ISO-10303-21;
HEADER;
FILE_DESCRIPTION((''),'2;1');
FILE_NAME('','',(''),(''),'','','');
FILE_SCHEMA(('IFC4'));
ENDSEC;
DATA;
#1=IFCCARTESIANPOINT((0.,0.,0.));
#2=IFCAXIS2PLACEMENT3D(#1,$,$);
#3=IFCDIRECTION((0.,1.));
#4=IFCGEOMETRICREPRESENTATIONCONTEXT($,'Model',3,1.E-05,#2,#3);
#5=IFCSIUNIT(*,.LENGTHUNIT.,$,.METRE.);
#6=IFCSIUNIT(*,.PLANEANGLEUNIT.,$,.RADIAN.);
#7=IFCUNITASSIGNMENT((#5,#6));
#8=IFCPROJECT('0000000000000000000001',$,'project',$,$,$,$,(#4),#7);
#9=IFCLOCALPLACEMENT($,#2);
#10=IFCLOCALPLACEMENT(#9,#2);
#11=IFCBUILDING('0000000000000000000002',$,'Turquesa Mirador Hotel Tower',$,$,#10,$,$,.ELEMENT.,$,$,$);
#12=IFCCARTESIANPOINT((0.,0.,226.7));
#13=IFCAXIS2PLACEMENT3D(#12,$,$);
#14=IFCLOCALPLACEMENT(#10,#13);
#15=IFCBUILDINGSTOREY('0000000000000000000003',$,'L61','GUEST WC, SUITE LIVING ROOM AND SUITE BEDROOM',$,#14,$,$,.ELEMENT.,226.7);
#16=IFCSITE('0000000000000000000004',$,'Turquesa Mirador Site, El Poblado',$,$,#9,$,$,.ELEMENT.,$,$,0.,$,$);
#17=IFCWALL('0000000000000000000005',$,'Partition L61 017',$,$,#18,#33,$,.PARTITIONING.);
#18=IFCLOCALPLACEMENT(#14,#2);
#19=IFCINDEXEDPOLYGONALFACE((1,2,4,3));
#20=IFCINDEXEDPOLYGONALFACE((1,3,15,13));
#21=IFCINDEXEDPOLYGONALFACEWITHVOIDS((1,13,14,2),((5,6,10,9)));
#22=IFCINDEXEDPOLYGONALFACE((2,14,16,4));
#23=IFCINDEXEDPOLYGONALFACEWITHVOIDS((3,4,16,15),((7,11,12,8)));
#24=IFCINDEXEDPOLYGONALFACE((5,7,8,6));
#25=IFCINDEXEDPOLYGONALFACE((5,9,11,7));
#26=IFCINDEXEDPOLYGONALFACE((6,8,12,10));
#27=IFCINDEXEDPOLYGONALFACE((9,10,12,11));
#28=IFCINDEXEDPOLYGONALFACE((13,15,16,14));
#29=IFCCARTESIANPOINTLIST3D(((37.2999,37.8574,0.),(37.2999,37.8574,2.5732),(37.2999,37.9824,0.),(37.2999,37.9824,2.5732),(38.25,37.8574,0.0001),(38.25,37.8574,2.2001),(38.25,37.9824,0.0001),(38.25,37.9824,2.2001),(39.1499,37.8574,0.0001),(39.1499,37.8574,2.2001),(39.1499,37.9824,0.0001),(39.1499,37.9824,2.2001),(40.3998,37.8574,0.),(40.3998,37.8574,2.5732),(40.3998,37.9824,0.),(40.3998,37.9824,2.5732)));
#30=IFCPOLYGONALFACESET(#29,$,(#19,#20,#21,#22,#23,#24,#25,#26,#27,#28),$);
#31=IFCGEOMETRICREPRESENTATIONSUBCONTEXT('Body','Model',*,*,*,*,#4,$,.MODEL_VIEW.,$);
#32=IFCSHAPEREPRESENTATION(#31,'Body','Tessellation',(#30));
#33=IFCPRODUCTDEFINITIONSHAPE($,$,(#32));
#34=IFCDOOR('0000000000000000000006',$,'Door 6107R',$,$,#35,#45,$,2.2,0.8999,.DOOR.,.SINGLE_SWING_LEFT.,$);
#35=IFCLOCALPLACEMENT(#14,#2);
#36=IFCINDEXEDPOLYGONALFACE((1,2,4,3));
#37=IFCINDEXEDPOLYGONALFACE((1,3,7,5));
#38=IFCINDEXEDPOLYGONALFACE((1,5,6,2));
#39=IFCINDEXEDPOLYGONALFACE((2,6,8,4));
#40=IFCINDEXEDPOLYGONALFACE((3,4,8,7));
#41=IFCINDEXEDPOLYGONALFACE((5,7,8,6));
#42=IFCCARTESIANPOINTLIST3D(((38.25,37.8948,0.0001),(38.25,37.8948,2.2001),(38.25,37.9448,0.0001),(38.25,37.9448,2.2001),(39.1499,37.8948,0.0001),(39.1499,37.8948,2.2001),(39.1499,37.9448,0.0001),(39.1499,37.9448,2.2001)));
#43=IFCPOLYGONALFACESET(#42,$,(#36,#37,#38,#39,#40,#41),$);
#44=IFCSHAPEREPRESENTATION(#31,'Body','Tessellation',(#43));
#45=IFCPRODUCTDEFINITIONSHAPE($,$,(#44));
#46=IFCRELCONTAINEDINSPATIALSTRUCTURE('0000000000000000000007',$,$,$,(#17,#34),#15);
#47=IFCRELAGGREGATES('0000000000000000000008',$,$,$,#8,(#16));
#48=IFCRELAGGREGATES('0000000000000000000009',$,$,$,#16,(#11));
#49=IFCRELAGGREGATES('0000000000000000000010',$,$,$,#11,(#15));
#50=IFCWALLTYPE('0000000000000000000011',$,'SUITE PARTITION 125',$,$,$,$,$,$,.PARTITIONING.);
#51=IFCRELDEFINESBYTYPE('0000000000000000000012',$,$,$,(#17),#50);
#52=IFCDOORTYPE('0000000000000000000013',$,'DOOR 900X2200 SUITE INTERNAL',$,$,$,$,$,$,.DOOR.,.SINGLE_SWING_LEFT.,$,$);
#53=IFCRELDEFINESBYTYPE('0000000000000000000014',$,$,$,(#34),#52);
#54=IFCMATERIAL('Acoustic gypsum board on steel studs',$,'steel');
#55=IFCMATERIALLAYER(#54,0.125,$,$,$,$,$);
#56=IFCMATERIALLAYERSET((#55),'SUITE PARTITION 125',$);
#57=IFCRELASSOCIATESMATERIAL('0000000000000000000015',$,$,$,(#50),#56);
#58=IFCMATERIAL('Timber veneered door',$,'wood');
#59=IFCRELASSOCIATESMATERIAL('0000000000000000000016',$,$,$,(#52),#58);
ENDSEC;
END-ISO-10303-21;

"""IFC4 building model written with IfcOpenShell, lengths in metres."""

from ifc_helpers import new_model, si_unit, direction, frame, frame_2d, origin, place, context, subcontext, project, spatial, rectangle, extrude, material, layer, layer_set, type_object, element, fill, save


model = new_model("IFC4")

# Units and contexts
model_context = context("Model", 3, precision=1e-05, world=origin(), true_north=direction((0.0, 1.0)))
body_context = subcontext(model_context, "Body", "Model", "MODEL_VIEW")
ifc_project = project(units=[si_unit("LENGTHUNIT", "METRE"), si_unit("PLANEANGLEUNIT", "RADIAN")], contexts=[model_context])

# Site, building, storey
site_placement = place(None, origin())
site = spatial("IfcSite", under=ifc_project, at=site_placement, Name="Turquesa Mirador Site, El Poblado", CompositionType="ELEMENT", RefElevation=0.0)
building_placement = place(site_placement, origin())
building = spatial("IfcBuilding", under=site, at=building_placement, Name="Turquesa Mirador Hotel Tower", CompositionType="ELEMENT")
storey_placement = place(building_placement, frame((0.0, 0.0, 226.7)))
storey = spatial("IfcBuildingStorey", under=building, at=storey_placement, Name="L61", Description="GUEST WC, SUITE LIVING ROOM AND SUITE BEDROOM", CompositionType="ELEMENT", Elevation=226.7)

# Wall, opening, door
ifc_material_1 = material(Name="Acoustic gypsum board on steel studs", Category="steel")
ifc_layer_1 = layer(ifc_material_1, 0.125)
ifc_layer_set_1 = layer_set([ifc_layer_1], Name="SUITE PARTITION 125")
wall_type_1 = type_object("IfcWallType", Name="SUITE PARTITION 125", PredefinedType="PARTITIONING", material=ifc_layer_set_1)
wall_1_placement = place(storey_placement, frame((37.3, 37.9199, 0.0), z_axis=(0.0, 0.0, 1.0), x_axis=(1.0, 0.0, 0.0)))
wall_1 = element("IfcWall", 1, at=wall_1_placement, inside=storey, type_object=wall_type_1, Name="Partition L61 017", PredefinedType="PARTITIONING", context=body_context, shape_type="SweptSolid", body=[
    extrude(rectangle(XDim=3.0999, YDim=0.125, at=frame_2d((1.5498, 0.0))), origin(), (0.0, 0.0, 1.0), 2.5732),
])
opening_1_placement = place(wall_1_placement, frame((0.95, 0.0, 0.0)))
opening_1 = element("IfcOpeningElement", 2, at=opening_1_placement, cuts=wall_1, PredefinedType="OPENING", context=body_context, shape_type="SweptSolid", body=[
    extrude(rectangle(XDim=0.8999, YDim=2.2, at=frame_2d((0.45, 1.1001))), frame((0.0, 0.0725, 0.0), z_axis=(0.0, -1.0, 0.0), x_axis=(1.0, 0.0, 0.0)), (0.0, 0.0, 1.0), 0.145),
])
ifc_material_2 = material(Name="Timber veneered door", Category="wood")
door_type_1 = type_object("IfcDoorType", Name="DOOR 900X2200 SUITE INTERNAL", OperationType="SINGLE_SWING_LEFT", PredefinedType="DOOR", material=ifc_material_2)
door_1_placement = place(opening_1_placement, origin())
door_1 = element("IfcDoor", 3, at=door_1_placement, inside=storey, type_object=door_type_1, Name="Door 6107R", OperationType="SINGLE_SWING_LEFT", OverallHeight=2.2, OverallWidth=0.8999, PredefinedType="DOOR", context=body_context, shape_type="SweptSolid", body=[
    extrude(rectangle(XDim=0.8999, YDim=2.2, at=frame_2d((0.45, 1.1001))), frame((0.0, 0.0249, 0.0), z_axis=(0.0, -1.0, 0.0), x_axis=(1.0, 0.0, 0.0)), (0.0, 0.0, 1.0), 0.05),
])
fill(opening_1, door_1)

save(model, "model.ifc")
